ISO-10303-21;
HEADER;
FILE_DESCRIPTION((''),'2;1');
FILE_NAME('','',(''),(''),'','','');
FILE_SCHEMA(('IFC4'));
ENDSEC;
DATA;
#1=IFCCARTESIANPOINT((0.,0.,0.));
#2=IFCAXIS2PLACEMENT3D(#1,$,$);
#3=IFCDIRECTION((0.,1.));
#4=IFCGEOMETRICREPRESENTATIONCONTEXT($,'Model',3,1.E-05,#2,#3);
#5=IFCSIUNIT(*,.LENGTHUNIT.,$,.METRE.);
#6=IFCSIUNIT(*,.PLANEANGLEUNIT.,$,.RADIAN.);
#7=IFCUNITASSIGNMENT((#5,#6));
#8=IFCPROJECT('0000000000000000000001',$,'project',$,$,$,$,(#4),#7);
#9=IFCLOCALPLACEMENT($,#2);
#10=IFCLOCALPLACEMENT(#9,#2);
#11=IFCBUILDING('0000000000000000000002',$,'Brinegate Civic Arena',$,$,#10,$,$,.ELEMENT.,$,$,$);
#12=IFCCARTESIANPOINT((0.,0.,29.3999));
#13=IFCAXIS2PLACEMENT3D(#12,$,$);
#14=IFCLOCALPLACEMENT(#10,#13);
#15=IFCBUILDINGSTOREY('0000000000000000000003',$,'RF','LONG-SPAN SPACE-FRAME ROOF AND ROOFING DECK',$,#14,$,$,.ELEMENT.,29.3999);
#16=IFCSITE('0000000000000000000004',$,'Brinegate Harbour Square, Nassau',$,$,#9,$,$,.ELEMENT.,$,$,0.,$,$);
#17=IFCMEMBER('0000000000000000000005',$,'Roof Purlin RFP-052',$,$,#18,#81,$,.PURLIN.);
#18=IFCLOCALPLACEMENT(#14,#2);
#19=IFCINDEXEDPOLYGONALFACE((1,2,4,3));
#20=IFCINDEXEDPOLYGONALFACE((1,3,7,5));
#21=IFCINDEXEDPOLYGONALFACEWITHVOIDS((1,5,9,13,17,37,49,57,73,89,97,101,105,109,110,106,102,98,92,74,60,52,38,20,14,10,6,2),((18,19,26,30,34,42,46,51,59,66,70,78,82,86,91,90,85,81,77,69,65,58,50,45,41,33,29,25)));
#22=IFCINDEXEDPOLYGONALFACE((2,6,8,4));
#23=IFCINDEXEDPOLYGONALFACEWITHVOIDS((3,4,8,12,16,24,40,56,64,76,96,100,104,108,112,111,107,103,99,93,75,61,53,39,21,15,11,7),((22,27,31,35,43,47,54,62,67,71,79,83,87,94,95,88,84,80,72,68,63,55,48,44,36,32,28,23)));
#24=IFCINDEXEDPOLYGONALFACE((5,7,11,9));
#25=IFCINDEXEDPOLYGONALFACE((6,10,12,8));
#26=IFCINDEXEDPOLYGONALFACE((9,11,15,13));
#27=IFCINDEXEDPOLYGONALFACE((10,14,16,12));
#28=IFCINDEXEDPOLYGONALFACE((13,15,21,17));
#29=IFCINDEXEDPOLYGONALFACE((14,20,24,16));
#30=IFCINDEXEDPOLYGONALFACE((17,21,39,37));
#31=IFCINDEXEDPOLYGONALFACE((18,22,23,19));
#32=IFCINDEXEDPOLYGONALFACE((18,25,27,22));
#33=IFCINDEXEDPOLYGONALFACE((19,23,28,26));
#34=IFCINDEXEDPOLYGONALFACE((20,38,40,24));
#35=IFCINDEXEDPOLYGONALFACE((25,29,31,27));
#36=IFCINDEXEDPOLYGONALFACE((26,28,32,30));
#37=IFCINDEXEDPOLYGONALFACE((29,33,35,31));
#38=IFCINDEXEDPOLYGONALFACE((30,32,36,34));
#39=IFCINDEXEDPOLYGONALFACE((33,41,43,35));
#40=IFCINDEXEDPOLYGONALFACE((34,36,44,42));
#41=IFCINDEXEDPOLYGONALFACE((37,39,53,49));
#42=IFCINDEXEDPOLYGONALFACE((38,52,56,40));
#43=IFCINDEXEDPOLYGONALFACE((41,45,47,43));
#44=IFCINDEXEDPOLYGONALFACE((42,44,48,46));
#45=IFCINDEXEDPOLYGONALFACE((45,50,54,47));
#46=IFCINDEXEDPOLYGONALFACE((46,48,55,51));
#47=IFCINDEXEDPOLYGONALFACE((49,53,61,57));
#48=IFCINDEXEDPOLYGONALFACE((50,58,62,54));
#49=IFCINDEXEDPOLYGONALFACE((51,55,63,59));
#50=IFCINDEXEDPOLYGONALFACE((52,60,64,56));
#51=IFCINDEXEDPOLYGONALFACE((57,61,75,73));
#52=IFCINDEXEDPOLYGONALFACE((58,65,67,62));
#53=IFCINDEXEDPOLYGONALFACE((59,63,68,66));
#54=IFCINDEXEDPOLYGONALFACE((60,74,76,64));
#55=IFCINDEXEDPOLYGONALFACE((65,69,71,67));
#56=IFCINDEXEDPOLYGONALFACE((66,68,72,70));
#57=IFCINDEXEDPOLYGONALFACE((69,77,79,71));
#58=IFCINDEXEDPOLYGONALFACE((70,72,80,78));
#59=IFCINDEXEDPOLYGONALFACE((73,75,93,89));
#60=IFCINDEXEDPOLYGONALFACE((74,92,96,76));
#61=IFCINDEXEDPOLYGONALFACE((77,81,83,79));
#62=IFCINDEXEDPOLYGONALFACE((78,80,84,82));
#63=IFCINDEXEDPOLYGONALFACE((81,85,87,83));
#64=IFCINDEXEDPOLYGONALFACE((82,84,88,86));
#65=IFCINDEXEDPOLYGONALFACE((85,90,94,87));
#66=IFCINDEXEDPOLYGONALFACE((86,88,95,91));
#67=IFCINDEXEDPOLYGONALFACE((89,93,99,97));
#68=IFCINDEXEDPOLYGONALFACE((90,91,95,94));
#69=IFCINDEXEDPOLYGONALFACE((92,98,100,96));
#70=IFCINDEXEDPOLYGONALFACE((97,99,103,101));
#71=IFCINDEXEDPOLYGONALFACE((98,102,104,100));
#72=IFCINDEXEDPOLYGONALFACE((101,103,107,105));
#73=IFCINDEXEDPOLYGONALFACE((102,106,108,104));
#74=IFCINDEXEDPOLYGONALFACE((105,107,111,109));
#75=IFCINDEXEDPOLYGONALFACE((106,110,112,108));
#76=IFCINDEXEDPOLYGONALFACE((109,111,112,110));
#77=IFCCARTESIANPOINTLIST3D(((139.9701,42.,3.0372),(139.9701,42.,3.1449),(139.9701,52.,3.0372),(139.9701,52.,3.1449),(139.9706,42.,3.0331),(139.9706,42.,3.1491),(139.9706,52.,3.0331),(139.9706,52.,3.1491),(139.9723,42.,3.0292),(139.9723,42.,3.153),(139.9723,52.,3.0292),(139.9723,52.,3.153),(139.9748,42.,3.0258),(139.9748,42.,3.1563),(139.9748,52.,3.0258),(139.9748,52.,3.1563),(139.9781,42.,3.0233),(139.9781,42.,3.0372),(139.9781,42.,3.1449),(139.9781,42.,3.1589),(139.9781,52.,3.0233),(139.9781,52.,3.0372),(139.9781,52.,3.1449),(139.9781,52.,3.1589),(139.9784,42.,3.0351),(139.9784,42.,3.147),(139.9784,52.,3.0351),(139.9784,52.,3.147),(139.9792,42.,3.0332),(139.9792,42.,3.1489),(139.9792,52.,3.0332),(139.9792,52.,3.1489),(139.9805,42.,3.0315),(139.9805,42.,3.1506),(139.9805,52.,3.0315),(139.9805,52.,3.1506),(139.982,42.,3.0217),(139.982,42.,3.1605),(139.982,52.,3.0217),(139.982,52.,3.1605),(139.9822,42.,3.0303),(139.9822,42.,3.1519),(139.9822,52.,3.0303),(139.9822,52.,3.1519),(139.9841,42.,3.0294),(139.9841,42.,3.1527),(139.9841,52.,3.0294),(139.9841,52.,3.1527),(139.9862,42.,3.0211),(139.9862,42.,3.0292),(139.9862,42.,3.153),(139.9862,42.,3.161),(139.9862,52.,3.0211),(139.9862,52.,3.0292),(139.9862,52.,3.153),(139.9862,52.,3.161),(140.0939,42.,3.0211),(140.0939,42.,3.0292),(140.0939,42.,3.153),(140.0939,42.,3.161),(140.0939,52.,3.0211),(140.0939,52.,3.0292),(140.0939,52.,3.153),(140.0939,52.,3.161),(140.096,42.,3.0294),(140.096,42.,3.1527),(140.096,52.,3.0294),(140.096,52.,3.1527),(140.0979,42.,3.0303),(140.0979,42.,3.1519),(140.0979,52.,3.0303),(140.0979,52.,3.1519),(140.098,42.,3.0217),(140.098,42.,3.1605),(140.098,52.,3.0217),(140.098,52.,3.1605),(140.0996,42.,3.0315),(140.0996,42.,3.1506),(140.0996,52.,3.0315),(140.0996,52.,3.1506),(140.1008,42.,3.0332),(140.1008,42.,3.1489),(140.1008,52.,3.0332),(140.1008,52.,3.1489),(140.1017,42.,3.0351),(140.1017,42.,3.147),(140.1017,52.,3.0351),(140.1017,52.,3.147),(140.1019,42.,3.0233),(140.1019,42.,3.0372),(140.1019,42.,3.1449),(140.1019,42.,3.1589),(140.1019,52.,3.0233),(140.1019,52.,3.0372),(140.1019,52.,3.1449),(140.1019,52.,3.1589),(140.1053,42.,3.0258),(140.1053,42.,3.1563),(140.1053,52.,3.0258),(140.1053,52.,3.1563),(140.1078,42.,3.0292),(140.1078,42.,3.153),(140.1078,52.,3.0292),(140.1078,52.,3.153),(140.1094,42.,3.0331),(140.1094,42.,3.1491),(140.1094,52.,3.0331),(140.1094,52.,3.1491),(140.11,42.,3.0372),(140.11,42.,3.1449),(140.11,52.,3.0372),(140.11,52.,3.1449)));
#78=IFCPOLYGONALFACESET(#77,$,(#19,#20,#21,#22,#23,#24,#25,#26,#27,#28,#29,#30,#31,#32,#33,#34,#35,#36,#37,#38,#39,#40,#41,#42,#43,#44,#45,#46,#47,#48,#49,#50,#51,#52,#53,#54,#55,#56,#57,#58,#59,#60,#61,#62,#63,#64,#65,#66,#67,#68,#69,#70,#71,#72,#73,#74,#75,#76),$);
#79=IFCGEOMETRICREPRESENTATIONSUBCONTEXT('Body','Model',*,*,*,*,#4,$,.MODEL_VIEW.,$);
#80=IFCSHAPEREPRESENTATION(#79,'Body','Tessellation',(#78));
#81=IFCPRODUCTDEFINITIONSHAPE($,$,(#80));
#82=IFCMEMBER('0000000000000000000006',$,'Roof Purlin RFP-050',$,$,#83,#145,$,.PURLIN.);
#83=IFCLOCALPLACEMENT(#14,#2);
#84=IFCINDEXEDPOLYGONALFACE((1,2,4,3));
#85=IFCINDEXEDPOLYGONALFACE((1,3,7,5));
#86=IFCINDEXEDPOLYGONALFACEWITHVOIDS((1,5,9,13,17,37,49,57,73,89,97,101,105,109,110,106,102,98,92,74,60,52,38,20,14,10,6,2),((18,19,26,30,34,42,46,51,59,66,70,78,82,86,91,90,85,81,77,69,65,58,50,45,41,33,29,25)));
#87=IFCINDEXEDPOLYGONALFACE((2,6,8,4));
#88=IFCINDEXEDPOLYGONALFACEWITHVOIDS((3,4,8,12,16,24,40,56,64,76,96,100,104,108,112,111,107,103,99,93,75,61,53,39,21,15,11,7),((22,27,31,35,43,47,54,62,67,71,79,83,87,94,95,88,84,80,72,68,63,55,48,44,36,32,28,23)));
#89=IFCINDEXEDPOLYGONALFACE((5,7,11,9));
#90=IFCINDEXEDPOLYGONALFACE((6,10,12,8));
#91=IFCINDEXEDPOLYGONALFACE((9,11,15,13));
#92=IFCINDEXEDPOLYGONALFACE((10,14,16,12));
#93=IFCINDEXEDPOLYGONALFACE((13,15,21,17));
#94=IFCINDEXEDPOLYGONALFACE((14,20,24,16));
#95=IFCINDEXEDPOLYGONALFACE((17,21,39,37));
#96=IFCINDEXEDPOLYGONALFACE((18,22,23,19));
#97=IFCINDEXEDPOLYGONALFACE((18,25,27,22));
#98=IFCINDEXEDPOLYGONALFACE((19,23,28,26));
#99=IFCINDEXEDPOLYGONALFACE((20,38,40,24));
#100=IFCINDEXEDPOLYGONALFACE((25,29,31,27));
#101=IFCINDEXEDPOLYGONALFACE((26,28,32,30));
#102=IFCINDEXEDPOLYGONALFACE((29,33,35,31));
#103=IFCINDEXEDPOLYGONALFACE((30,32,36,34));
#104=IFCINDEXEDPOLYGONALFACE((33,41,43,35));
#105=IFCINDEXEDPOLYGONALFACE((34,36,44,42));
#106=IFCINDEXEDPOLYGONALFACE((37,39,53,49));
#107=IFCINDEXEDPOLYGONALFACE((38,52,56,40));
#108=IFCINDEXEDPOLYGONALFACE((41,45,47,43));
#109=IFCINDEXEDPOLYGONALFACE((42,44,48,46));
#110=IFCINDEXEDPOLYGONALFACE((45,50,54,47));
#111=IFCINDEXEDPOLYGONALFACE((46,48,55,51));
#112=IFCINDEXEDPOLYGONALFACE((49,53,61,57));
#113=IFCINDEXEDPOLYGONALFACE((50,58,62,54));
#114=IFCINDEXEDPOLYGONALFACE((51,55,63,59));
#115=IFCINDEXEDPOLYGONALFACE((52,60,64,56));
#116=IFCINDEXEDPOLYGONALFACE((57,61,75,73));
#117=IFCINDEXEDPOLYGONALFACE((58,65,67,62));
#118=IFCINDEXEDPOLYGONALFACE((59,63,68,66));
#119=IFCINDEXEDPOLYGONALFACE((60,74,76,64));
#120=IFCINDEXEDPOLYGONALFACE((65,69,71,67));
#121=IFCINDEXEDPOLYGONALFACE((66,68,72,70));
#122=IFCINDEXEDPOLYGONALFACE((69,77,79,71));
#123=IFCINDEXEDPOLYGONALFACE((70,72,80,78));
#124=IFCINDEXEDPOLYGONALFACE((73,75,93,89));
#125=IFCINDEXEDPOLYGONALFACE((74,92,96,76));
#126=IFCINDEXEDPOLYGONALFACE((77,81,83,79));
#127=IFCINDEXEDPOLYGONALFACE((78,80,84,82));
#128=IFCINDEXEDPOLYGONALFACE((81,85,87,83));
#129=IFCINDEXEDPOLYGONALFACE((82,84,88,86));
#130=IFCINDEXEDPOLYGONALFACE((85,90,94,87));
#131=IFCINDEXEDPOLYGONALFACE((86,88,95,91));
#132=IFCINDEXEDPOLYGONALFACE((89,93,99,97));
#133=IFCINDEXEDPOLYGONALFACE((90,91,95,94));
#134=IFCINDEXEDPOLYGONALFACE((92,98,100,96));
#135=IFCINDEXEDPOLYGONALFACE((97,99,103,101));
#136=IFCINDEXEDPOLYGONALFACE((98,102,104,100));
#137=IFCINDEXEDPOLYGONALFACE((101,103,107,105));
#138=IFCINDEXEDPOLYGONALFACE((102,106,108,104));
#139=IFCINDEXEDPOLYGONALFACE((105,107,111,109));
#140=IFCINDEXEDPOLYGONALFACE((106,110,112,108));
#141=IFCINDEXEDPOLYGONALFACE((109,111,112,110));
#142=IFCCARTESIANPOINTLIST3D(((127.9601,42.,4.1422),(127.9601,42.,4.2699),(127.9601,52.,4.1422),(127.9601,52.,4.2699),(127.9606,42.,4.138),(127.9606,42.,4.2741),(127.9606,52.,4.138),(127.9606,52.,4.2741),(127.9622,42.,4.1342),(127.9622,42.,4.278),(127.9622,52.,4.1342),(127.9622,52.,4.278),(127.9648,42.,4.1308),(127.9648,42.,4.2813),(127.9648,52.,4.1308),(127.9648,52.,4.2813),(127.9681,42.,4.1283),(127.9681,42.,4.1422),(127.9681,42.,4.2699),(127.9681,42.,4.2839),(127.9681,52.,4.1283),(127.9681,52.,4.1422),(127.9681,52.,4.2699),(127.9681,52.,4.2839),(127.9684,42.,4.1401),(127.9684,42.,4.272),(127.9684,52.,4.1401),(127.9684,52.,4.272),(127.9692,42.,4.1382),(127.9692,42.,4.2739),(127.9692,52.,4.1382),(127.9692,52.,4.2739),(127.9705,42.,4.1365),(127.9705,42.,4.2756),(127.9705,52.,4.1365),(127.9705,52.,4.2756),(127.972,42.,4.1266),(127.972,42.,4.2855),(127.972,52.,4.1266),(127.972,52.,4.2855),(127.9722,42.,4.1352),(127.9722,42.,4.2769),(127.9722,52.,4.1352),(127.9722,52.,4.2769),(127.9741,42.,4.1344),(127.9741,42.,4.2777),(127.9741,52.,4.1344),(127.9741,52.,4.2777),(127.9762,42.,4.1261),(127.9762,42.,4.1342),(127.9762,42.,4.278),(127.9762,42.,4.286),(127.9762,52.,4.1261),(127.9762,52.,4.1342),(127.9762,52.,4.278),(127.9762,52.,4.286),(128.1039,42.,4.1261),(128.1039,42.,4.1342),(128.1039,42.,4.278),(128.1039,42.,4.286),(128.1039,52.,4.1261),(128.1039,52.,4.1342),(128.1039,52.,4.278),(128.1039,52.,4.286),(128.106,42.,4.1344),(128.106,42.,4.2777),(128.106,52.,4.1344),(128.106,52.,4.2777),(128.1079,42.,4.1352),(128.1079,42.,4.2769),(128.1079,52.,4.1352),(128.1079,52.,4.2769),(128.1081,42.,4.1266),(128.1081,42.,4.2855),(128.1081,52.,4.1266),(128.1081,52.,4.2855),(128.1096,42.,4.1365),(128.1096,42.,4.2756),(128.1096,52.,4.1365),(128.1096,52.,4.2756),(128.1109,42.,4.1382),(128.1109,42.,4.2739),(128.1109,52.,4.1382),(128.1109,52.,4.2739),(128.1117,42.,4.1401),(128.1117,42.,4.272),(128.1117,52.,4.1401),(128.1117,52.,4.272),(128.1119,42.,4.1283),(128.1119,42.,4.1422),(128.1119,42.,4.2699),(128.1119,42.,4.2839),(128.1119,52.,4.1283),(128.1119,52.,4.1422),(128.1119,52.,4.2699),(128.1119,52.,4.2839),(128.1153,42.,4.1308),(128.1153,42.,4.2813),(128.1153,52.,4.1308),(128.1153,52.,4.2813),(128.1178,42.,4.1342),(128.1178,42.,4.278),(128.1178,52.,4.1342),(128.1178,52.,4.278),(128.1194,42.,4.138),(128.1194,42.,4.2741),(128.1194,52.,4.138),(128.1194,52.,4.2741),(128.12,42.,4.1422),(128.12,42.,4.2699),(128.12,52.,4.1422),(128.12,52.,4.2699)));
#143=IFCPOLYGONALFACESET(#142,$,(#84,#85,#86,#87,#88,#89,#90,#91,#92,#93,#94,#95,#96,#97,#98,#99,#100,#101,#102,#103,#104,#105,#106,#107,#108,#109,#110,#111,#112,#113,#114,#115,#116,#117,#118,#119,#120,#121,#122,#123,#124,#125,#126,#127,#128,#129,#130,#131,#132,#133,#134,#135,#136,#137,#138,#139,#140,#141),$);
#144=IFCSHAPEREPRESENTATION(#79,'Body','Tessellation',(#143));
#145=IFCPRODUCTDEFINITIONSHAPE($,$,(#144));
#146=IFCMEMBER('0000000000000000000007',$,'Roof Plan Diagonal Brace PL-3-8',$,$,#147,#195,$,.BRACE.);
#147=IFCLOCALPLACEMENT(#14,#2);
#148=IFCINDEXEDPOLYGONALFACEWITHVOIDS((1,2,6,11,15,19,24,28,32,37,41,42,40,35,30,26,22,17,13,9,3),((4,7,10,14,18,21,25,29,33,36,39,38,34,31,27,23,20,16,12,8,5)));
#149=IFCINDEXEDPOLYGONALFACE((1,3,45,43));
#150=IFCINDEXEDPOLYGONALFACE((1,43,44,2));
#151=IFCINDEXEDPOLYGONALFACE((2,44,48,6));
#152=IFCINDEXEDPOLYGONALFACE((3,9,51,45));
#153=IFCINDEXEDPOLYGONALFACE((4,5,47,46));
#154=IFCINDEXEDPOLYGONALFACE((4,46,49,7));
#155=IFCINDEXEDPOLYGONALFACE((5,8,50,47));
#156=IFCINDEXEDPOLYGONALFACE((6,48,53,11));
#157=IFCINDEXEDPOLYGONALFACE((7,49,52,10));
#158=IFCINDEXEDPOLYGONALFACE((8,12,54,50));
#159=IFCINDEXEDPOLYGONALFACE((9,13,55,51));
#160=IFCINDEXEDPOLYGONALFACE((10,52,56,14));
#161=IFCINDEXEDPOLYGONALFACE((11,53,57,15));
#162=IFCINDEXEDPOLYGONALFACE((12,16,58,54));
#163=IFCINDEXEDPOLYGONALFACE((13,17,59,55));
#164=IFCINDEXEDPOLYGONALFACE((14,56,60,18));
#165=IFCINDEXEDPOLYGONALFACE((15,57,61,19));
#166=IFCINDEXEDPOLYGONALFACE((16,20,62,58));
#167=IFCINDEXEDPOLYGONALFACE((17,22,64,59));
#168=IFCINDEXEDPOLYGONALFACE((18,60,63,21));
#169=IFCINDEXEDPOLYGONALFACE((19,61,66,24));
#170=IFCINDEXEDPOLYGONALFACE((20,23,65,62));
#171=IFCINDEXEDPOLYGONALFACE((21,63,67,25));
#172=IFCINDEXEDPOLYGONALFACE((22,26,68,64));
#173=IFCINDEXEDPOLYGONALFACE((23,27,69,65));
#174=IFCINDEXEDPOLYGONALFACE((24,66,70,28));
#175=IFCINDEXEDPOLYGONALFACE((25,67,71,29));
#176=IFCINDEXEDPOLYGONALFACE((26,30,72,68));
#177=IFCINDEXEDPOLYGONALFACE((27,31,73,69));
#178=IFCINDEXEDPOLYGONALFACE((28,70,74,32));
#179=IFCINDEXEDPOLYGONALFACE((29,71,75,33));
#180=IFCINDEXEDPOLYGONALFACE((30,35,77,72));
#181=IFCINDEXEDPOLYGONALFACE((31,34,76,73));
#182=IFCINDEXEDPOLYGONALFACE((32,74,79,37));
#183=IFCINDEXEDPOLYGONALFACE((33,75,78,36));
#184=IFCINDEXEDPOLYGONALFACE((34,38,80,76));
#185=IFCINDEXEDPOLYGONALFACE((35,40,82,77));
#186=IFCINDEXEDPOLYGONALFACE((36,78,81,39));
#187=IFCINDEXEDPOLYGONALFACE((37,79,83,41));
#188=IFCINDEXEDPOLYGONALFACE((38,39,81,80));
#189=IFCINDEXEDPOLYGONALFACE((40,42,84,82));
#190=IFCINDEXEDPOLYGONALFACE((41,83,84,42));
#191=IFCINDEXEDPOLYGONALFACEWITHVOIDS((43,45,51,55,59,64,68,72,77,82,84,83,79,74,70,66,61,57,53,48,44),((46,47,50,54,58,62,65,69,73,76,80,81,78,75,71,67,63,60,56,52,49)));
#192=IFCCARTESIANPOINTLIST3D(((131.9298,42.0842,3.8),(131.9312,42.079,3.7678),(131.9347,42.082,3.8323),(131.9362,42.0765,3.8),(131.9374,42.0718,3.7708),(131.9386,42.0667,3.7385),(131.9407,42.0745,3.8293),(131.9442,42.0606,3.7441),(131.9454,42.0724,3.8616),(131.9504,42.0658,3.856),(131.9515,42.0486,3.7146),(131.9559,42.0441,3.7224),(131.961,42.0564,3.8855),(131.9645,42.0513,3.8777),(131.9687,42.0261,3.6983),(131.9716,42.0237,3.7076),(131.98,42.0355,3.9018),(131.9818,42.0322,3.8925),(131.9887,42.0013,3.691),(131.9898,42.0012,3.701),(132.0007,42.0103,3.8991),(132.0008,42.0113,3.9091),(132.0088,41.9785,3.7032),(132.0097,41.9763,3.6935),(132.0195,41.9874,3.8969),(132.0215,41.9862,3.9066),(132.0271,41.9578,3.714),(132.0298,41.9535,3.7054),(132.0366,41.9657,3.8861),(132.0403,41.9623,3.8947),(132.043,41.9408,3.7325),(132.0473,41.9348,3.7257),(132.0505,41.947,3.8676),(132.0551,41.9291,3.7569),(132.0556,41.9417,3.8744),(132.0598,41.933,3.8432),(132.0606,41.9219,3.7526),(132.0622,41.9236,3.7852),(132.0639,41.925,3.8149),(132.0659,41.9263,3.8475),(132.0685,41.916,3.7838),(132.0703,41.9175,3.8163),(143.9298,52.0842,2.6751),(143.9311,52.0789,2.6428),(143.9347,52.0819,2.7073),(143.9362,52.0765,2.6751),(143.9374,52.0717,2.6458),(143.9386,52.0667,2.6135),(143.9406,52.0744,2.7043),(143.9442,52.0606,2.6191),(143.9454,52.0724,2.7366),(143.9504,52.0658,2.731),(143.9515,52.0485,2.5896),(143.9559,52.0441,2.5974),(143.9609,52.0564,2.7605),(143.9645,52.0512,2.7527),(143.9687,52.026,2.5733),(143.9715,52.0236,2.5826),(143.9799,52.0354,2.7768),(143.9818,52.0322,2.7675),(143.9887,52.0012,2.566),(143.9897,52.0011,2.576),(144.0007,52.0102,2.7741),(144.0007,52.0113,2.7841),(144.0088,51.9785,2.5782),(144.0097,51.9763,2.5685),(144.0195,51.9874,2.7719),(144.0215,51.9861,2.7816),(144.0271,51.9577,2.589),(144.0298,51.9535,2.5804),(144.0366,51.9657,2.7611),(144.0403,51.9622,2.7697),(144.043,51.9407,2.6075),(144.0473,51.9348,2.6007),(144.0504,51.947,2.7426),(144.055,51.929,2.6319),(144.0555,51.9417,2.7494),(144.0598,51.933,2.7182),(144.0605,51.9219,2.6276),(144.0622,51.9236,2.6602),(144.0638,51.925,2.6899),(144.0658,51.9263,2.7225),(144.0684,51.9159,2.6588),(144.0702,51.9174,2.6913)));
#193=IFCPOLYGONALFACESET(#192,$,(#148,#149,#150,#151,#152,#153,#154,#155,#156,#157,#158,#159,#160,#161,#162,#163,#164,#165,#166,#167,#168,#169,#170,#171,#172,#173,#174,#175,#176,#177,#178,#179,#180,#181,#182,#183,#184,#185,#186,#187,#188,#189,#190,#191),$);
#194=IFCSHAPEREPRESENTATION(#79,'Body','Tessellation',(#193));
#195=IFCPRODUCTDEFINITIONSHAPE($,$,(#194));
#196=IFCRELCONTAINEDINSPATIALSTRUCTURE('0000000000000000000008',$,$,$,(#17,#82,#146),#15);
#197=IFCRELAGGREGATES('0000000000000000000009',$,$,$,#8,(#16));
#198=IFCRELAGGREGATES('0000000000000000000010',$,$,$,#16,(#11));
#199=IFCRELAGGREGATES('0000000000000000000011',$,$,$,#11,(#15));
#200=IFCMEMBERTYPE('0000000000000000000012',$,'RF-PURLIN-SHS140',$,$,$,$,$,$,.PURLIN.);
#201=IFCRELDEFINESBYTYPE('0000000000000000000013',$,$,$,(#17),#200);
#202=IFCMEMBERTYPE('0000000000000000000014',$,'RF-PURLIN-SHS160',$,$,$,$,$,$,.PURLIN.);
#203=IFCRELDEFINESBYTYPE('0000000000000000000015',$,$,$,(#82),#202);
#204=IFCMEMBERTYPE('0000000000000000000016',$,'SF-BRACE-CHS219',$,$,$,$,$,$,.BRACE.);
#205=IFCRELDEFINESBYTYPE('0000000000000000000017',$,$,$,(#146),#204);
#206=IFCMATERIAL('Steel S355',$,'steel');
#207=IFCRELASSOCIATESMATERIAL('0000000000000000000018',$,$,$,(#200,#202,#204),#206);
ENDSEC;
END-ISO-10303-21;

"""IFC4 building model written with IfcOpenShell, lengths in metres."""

from ifc_helpers import new_model, si_unit, direction, frame, origin, origin_2d, place, context, subcontext, project, spatial, hollow_rectangle, hollow_circle, extrude, material, material_profile, profile_set, type_object, element, save


model = new_model("IFC4")

# Units and contexts
model_context = context("Model", 3, precision=1e-05, world=origin(), true_north=direction((0.0, 1.0)))
body_context = subcontext(model_context, "Body", "Model", "MODEL_VIEW")
ifc_project = project(units=[si_unit("LENGTHUNIT", "METRE"), si_unit("PLANEANGLEUNIT", "RADIAN")], contexts=[model_context])

# Site, building, storey
site_placement = place(None, origin())
site = spatial("IfcSite", under=ifc_project, at=site_placement, Name="Brinegate Harbour Square, Nassau", CompositionType="ELEMENT", RefElevation=0.0)
building_placement = place(site_placement, origin())
building = spatial("IfcBuilding", under=site, at=building_placement, Name="Brinegate Civic Arena", CompositionType="ELEMENT")
storey_placement = place(building_placement, frame((0.0, 0.0, 29.3999)))
storey = spatial("IfcBuildingStorey", under=building, at=storey_placement, Name="RF", Description="LONG-SPAN SPACE-FRAME ROOF AND ROOFING DECK", CompositionType="ELEMENT", Elevation=29.3999)

# Shared definitions
ifc_material_1 = material(Name="Steel S355", Category="steel")

# Members
ifc_material_profile_1 = material_profile(ifc_material_1, hollow_rectangle(XDim=0.1399, YDim=0.1399, WallThickness=0.0081, InnerFilletRadius=0.0081, OuterFilletRadius=0.0161, at=origin_2d()), Name="SHS140X8")
ifc_profile_set_1 = profile_set([ifc_material_profile_1], Name="Steel S355")
member_type_1 = type_object("IfcMemberType", Name="RF-PURLIN-SHS140", PredefinedType="PURLIN", material=ifc_profile_set_1)
for number, where, z_axis, x_axis, name in (
    (1, (140.04, 42.0, 3.0911), (0.0, 1.0, 0.0), (-1.0, 0.0, 0.0), "Roof Purlin RFP-052"),
):
    element("IfcMember", number, at=place(storey_placement, frame(where, z_axis=z_axis, x_axis=x_axis)), inside=storey, type_object=member_type_1, Name=name, PredefinedType="PURLIN", context=body_context, shape_type="SweptSolid", body=[
        extrude(hollow_rectangle(XDim=0.1399, YDim=0.1399, WallThickness=0.0081, InnerFilletRadius=0.0081, OuterFilletRadius=0.0161, at=origin_2d()), origin(), (0.0, 0.0, 1.0), 10.0),
    ])
ifc_material_profile_2 = material_profile(ifc_material_1, hollow_rectangle(XDim=0.1599, YDim=0.1599, WallThickness=0.0081, InnerFilletRadius=0.0081, OuterFilletRadius=0.0161, at=origin_2d()), Name="SHS160X8")
ifc_profile_set_2 = profile_set([ifc_material_profile_2], Name="Steel S355")
member_type_2 = type_object("IfcMemberType", Name="RF-PURLIN-SHS160", PredefinedType="PURLIN", material=ifc_profile_set_2)
member_1_placement = place(storey_placement, frame((128.04, 42.0, 4.2061), z_axis=(0.0, 1.0, 0.0), x_axis=(-1.0, 0.0, 0.0)))
element("IfcMember", 2, at=member_1_placement, inside=storey, type_object=member_type_2, Name="Roof Purlin RFP-050", PredefinedType="PURLIN", context=body_context, shape_type="SweptSolid", body=[
    extrude(hollow_rectangle(XDim=0.1599, YDim=0.1599, WallThickness=0.0081, InnerFilletRadius=0.0081, OuterFilletRadius=0.0161, at=origin_2d()), origin(), (0.0, 0.0, 1.0), 10.0),
])
ifc_material_profile_3 = material_profile(ifc_material_1, hollow_circle(Radius=0.1096, WallThickness=0.01, at=origin_2d()), Name="CHS219X10")
ifc_profile_set_3 = profile_set([ifc_material_profile_3], Name="Steel S355")
member_type_3 = type_object("IfcMemberType", Name="SF-BRACE-CHS219", PredefinedType="BRACE", material=ifc_profile_set_3)
member_2_placement = place(storey_placement, frame((132.0, 42.0, 3.8), z_axis=(0.766237, 0.638531, -0.071835), x_axis=(-0.640184, 0.768221, 0.0)))
element("IfcMember", 3, at=member_2_placement, inside=storey, type_object=member_type_3, Name="Roof Plan Diagonal Brace PL-3-8", PredefinedType="BRACE", context=body_context, shape_type="SweptSolid", body=[
    extrude(hollow_circle(Radius=0.1096, WallThickness=0.01, at=origin_2d()), origin(), (0.0, 0.0, 1.0), 15.6609),
])

save(model, "model.ifc")
